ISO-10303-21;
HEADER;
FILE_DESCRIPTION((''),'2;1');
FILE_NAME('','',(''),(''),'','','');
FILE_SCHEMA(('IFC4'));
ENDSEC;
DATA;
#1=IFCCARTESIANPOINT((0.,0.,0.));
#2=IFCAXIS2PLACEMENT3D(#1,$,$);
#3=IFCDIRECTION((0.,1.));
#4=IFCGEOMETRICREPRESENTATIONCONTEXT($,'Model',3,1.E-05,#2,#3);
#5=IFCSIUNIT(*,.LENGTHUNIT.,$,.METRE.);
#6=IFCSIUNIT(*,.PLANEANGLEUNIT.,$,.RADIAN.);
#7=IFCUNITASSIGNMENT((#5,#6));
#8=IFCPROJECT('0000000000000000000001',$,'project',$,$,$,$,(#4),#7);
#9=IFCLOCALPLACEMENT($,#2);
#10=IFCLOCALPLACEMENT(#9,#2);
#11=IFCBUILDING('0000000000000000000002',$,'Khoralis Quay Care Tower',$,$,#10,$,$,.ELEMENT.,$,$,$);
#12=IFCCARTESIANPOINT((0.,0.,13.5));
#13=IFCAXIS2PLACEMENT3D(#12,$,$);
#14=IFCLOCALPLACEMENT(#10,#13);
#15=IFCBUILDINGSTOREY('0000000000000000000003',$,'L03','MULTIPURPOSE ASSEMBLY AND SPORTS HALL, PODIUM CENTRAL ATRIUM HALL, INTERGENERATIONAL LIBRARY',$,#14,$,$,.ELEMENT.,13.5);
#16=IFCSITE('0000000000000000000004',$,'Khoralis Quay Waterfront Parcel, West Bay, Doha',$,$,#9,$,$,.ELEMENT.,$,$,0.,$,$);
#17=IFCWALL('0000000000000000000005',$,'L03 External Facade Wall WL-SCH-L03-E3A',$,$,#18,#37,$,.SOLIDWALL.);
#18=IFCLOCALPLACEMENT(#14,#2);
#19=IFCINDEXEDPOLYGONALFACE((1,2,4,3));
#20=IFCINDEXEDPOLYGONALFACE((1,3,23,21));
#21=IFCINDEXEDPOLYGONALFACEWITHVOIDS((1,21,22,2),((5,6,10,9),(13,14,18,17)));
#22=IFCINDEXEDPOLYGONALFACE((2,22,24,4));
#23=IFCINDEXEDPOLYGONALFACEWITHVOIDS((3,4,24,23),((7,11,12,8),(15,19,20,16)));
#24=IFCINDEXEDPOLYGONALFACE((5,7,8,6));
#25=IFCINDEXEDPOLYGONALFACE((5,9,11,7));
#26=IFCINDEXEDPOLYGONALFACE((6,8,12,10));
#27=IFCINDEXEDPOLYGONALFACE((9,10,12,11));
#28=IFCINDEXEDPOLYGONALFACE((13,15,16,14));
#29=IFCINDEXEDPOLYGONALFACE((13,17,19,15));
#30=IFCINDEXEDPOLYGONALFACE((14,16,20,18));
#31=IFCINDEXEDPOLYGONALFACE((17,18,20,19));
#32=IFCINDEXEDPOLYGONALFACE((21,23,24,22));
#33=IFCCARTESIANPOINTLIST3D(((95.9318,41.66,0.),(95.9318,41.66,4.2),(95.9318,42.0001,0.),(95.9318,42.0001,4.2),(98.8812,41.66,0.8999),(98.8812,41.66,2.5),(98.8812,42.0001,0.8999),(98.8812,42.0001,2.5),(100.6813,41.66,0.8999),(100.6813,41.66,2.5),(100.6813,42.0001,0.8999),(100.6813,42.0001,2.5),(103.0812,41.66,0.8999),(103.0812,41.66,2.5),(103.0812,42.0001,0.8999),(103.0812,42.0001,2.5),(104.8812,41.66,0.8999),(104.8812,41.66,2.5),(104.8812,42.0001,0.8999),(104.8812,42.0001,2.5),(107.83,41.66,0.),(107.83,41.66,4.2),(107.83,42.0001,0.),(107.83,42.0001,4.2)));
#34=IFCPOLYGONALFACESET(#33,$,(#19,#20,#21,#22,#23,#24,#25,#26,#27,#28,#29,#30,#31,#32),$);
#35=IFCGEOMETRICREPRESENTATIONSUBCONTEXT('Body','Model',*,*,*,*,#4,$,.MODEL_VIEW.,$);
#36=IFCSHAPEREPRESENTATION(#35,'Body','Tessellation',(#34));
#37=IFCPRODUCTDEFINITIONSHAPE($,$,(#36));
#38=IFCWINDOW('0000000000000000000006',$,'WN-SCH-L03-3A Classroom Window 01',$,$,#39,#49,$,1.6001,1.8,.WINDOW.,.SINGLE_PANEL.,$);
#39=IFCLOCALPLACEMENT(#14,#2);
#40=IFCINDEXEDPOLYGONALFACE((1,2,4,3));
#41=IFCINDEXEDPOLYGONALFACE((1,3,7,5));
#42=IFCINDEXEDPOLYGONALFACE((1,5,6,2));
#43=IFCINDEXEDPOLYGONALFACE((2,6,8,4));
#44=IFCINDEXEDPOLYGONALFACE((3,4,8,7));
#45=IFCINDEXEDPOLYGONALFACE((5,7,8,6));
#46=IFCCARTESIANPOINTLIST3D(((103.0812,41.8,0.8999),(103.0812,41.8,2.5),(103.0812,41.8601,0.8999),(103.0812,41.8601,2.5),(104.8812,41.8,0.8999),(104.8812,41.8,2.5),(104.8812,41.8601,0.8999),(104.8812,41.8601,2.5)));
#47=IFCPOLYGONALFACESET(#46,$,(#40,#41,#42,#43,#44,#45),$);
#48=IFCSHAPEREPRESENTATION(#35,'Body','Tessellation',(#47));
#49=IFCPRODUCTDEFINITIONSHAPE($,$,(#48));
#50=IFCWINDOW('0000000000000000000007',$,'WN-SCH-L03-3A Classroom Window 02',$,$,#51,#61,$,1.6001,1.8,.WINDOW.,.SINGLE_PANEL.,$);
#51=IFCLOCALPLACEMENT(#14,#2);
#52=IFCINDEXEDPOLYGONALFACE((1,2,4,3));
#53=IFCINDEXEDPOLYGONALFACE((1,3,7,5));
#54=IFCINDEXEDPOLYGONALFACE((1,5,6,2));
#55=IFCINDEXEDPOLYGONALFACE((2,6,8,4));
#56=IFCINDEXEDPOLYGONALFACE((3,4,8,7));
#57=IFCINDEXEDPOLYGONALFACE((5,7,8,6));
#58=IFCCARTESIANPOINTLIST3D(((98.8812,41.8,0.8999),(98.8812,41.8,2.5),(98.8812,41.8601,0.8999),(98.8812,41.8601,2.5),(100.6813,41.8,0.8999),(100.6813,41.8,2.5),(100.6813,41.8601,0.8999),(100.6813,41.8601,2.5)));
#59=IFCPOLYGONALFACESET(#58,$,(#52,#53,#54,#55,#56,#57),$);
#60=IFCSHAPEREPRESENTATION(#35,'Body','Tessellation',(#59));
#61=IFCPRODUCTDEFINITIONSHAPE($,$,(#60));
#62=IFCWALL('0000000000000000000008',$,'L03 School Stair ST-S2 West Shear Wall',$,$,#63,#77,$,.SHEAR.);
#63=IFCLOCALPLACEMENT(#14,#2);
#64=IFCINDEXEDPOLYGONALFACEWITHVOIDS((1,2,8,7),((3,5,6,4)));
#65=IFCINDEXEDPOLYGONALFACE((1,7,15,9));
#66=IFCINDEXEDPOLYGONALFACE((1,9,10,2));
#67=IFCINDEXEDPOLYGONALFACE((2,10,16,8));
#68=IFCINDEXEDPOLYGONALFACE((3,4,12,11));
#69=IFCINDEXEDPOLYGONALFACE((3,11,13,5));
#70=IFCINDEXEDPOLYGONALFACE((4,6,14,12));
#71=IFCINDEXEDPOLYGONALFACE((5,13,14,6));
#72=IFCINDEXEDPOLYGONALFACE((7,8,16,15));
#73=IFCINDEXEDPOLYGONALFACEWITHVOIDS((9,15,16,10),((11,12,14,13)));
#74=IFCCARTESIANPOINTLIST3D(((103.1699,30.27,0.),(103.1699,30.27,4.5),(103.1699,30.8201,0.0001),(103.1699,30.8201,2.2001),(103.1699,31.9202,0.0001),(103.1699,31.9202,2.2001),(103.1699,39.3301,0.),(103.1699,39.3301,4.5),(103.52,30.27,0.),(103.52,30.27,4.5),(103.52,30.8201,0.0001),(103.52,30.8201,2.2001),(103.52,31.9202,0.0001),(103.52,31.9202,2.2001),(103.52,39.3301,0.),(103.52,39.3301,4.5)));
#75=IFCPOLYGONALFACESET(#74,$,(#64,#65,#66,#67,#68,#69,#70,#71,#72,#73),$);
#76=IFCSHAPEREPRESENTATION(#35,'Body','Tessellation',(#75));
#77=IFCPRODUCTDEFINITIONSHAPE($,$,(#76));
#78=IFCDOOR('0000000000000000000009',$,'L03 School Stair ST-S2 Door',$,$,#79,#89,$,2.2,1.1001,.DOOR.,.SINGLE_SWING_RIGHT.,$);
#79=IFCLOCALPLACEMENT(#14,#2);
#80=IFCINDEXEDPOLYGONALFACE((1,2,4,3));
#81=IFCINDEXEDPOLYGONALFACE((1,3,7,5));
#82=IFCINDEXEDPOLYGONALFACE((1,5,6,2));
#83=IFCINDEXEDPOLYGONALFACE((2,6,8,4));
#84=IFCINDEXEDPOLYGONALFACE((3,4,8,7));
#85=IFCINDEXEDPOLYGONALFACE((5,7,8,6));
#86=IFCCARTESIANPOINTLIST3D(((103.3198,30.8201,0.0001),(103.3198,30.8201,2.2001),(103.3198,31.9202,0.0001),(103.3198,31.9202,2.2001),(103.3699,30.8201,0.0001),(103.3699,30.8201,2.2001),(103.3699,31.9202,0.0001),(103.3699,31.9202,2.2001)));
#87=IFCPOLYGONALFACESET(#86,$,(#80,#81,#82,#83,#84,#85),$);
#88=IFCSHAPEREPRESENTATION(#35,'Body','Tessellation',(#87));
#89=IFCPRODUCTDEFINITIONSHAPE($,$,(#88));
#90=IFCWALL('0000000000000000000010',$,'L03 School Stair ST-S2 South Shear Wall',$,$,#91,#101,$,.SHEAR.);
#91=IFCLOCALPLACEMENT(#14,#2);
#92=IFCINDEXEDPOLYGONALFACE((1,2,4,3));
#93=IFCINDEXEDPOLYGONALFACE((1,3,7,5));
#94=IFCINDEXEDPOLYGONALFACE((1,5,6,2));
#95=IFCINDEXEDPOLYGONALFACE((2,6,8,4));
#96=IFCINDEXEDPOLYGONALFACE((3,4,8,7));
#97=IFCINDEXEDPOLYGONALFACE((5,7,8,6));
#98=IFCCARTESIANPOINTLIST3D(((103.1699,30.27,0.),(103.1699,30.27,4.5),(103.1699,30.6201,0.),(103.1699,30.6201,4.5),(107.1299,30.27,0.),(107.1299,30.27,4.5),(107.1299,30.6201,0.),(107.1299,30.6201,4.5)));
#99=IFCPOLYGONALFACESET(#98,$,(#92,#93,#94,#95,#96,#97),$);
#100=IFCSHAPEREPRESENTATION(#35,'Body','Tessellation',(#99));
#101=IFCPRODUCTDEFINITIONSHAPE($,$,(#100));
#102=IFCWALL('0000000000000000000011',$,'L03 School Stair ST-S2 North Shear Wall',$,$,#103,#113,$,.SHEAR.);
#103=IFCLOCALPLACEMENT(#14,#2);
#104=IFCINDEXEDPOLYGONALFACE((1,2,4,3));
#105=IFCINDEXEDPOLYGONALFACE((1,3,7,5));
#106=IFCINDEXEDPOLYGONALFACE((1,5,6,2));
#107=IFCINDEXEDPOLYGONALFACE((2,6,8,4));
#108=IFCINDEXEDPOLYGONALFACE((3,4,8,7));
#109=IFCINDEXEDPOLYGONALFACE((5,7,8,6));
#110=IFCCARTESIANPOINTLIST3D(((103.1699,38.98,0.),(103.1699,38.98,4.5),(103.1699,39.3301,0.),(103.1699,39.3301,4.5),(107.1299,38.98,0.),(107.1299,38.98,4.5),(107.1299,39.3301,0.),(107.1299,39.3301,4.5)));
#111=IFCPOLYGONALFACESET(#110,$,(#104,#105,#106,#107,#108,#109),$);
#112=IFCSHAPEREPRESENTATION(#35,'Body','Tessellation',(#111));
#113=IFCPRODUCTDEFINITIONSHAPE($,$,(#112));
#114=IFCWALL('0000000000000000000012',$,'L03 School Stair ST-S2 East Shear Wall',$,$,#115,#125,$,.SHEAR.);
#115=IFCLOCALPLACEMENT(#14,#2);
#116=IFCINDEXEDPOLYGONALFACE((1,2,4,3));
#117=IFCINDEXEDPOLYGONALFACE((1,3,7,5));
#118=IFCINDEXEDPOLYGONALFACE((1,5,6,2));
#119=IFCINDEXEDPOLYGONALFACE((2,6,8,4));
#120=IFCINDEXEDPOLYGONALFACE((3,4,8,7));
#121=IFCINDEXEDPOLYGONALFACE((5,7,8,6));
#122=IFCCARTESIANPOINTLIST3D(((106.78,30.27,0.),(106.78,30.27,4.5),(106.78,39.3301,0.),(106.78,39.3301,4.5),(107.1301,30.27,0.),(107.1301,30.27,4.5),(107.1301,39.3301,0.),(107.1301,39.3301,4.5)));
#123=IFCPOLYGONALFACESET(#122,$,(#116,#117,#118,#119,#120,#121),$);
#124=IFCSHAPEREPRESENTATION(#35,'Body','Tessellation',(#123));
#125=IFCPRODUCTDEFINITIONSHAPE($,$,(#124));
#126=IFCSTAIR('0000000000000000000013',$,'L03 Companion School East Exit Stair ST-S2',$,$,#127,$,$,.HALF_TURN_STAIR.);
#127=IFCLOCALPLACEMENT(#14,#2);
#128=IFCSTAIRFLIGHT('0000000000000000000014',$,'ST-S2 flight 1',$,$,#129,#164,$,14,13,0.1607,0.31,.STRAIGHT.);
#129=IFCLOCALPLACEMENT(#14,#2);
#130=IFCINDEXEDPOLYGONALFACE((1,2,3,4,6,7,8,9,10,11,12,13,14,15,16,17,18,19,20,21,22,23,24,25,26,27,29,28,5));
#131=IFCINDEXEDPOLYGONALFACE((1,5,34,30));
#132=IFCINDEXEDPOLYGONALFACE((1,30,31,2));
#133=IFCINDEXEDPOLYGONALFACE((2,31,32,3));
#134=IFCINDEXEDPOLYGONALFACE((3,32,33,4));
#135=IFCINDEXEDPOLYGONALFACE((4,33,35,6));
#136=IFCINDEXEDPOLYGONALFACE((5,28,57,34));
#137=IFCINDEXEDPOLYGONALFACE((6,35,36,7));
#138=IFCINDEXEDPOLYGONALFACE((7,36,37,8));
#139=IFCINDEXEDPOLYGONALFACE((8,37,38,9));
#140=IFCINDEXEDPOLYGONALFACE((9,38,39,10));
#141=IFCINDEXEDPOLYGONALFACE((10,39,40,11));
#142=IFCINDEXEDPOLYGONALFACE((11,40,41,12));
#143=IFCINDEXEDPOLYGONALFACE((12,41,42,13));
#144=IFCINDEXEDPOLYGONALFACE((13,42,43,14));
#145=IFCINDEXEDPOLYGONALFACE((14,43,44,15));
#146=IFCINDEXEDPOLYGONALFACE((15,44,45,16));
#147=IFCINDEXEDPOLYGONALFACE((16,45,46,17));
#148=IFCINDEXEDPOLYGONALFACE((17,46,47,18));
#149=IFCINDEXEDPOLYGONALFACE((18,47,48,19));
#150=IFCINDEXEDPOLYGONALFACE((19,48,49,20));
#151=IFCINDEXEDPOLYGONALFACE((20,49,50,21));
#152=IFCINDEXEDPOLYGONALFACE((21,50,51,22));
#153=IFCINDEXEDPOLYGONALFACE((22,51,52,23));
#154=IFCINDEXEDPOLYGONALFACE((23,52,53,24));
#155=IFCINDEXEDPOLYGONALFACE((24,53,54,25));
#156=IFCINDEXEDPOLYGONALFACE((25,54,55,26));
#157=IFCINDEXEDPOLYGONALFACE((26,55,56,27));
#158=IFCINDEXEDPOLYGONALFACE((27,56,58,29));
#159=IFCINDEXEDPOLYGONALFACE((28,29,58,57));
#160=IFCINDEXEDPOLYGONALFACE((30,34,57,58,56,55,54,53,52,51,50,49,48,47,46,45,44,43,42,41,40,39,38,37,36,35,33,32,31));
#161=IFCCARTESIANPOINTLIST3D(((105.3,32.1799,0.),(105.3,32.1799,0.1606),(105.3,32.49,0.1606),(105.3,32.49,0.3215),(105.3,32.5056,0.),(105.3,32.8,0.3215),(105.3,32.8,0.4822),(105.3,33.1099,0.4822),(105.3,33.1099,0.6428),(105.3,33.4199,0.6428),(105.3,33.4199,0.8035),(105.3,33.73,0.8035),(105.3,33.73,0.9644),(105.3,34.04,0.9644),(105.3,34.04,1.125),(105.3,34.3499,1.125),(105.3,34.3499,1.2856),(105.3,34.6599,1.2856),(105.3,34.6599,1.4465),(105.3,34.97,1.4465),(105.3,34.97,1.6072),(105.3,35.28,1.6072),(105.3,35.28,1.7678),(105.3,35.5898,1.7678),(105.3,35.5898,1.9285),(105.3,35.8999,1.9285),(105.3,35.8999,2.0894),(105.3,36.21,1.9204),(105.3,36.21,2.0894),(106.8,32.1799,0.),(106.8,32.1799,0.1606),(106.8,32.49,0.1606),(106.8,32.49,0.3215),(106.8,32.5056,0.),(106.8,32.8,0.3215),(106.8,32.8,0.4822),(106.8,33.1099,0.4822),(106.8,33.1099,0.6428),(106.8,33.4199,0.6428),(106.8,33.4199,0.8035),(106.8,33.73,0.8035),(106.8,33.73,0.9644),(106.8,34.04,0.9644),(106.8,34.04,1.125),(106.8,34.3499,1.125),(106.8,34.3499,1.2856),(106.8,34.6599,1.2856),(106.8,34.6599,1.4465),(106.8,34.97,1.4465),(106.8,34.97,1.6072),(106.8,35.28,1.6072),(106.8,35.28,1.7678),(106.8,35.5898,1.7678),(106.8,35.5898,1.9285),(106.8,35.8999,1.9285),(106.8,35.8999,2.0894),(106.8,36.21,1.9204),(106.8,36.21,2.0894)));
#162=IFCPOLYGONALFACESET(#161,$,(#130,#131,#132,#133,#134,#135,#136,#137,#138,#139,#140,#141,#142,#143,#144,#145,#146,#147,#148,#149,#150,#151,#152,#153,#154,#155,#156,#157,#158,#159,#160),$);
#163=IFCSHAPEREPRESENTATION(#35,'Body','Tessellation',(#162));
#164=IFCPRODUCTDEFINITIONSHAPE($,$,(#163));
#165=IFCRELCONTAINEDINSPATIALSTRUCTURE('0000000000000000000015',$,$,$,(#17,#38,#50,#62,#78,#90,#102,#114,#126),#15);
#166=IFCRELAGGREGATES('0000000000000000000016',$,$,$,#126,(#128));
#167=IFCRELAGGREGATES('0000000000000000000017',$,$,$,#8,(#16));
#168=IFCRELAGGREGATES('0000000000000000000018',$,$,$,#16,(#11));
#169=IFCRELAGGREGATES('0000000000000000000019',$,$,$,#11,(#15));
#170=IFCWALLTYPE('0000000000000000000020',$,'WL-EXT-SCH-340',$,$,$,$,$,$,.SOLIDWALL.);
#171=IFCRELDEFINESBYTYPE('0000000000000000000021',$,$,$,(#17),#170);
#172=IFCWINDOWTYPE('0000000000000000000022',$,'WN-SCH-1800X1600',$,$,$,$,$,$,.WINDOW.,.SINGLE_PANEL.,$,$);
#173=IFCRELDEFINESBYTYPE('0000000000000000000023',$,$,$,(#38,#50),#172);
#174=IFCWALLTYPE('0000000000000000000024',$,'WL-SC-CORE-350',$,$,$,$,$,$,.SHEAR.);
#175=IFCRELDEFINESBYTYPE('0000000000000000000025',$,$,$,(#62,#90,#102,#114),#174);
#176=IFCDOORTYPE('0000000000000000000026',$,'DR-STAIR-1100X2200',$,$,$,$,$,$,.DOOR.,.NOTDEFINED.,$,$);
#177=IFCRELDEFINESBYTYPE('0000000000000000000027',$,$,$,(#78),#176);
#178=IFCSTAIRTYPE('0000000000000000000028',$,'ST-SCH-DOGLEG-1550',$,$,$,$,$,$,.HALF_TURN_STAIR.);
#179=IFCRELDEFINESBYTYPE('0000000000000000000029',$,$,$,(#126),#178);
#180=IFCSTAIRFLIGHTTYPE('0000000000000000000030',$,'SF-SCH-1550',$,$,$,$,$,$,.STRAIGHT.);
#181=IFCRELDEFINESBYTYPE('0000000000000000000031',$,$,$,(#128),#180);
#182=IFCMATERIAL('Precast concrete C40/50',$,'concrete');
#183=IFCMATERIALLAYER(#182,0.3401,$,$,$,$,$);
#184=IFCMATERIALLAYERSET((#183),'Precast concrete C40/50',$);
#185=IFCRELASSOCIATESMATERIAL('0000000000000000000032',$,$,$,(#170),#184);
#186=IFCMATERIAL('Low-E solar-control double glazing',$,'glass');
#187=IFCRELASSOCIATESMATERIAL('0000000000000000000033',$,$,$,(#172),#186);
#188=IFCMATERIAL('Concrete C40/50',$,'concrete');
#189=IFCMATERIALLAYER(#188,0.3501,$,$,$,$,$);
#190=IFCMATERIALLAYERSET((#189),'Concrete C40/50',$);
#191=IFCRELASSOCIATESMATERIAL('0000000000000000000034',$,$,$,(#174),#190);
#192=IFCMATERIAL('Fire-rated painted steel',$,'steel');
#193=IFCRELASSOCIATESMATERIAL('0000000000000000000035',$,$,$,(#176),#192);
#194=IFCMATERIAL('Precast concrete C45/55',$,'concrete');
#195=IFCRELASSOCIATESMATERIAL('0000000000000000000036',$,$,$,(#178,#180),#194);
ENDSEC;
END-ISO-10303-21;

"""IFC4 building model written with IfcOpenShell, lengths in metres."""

from ifc_helpers import new_model, si_unit, direction, frame, frame_2d, origin, place, context, subcontext, project, spatial, polyline, rectangle, outline, extrude, source, transform, mapped, material, layer, layer_set, type_object, element, fill, aggregate, save


model = new_model("IFC4")

# Units and contexts
model_context = context("Model", 3, precision=1e-05, world=origin(), true_north=direction((0.0, 1.0)))
body_context = subcontext(model_context, "Body", "Model", "MODEL_VIEW")
ifc_project = project(units=[si_unit("LENGTHUNIT", "METRE"), si_unit("PLANEANGLEUNIT", "RADIAN")], contexts=[model_context])

# Site, building, storey
site_placement = place(None, origin())
site = spatial("IfcSite", under=ifc_project, at=site_placement, Name="Khoralis Quay Waterfront Parcel, West Bay, Doha", CompositionType="ELEMENT", RefElevation=0.0)
building_placement = place(site_placement, origin())
building = spatial("IfcBuilding", under=site, at=building_placement, Name="Khoralis Quay Care Tower", CompositionType="ELEMENT")
storey_placement = place(building_placement, frame((0.0, 0.0, 13.5)))
storey = spatial("IfcBuildingStorey", under=building, at=storey_placement, Name="L03", Description="MULTIPURPOSE ASSEMBLY AND SPORTS HALL, PODIUM CENTRAL ATRIUM HALL, INTERGENERATIONAL LIBRARY", CompositionType="ELEMENT", Elevation=13.5)

# Shared definitions
ifc_material_1 = material(Name="Concrete C40/50", Category="concrete")

# Wall, openings, windows
ifc_material_2 = material(Name="Precast concrete C40/50", Category="concrete")
ifc_layer_1 = layer(ifc_material_2, 0.3401)
ifc_layer_set_1 = layer_set([ifc_layer_1], Name="Precast concrete C40/50")
wall_type_1 = type_object("IfcWallType", Name="WL-EXT-SCH-340", PredefinedType="SOLIDWALL", material=ifc_layer_set_1)
wall_1_placement = place(storey_placement, frame((107.8301, 41.8301, 0.0), z_axis=(0.0, 0.0, 1.0), x_axis=(-1.0, 0.0, 0.0)))
wall_1 = element("IfcWall", 1, at=wall_1_placement, inside=storey, type_object=wall_type_1, Name="L03 External Facade Wall WL-SCH-L03-E3A", PredefinedType="SOLIDWALL", context=body_context, shape_type="SweptSolid", body=[
    extrude(rectangle(XDim=11.8982, YDim=0.3401, at=frame_2d((5.9492, 0.0))), origin(), (0.0, 0.0, 1.0), 4.2),
])
opening_1_placement = place(wall_1_placement, frame((2.949, 0.0, 0.8999)))
opening_1 = element("IfcOpeningElement", 2, at=opening_1_placement, cuts=wall_1, PredefinedType="OPENING", context=body_context, shape_type="SweptSolid", body=[
    extrude(rectangle(XDim=1.8, YDim=1.6001, at=frame_2d((0.8999, 0.8))), frame((0.0, 0.1802, 0.0), z_axis=(0.0, -1.0, 0.0), x_axis=(1.0, 0.0, 0.0)), (0.0, 0.0, 1.0), 0.3601),
])
opening_2_placement = place(wall_1_placement, frame((7.1489, 0.0, 0.8999)))
opening_2 = element("IfcOpeningElement", 3, at=opening_2_placement, cuts=wall_1, PredefinedType="OPENING", context=body_context, shape_type="SweptSolid", body=[
    extrude(rectangle(XDim=1.8, YDim=1.6001, at=frame_2d((0.8999, 0.8))), frame((0.0, 0.1802, 0.0), z_axis=(0.0, -1.0, 0.0), x_axis=(1.0, 0.0, 0.0)), (0.0, 0.0, 1.0), 0.3601),
])
ifc_material_3 = material(Name="Low-E solar-control double glazing", Category="glass")
window_type = type_object("IfcWindowType", Name="WN-SCH-1800X1600", PartitioningType="SINGLE_PANEL", PredefinedType="WINDOW", material=ifc_material_3)
shared_shape_1 = source(origin(), body_context, "Body", "SweptSolid", [
    extrude(rectangle(XDim=1.8, YDim=1.6001, at=frame_2d((0.8999, 0.8))), frame((0.0, 0.03, 0.0), z_axis=(0.0, -1.0, 0.0), x_axis=(1.0, 0.0, 0.0)), (0.0, 0.0, 1.0), 0.0601),
])
window_1_placement = place(opening_1_placement, origin())
window_1 = element("IfcWindow", 4, at=window_1_placement, inside=storey, type_object=window_type, Name="WN-SCH-L03-3A Classroom Window 01", OverallHeight=1.6001, OverallWidth=1.8, PartitioningType="SINGLE_PANEL", PredefinedType="WINDOW", context=body_context, shape_type="MappedRepresentation", body=[
    mapped(shared_shape_1, transform((0.0, 0.0, 0.0), scale=1.0)),
])
fill(opening_1, window_1)
window_2_placement = place(opening_2_placement, origin())
window_2 = element("IfcWindow", 5, at=window_2_placement, inside=storey, type_object=window_type, Name="WN-SCH-L03-3A Classroom Window 02", OverallHeight=1.6001, OverallWidth=1.8, PartitioningType="SINGLE_PANEL", PredefinedType="WINDOW", context=body_context, shape_type="MappedRepresentation", body=[
    mapped(shared_shape_1, transform((0.0, 0.0, 0.0), scale=1.0)),
])
fill(opening_2, window_2)

# Wall, opening, door
ifc_layer_2 = layer(ifc_material_1, 0.3501)
ifc_layer_set_2 = layer_set([ifc_layer_2], Name="Concrete C40/50")
wall_type_2 = type_object("IfcWallType", Name="WL-SC-CORE-350", PredefinedType="SHEAR", material=ifc_layer_set_2)
wall_2_placement = place(storey_placement, frame((103.345, 30.27, 0.0), z_axis=(0.0, 0.0, 1.0), x_axis=(0.0, 1.0, 0.0)))
wall_2 = element("IfcWall", 6, at=wall_2_placement, inside=storey, type_object=wall_type_2, Name="L03 School Stair ST-S2 West Shear Wall", PredefinedType="SHEAR", context=body_context, shape_type="SweptSolid", body=[
    extrude(rectangle(XDim=9.0601, YDim=0.3501, at=frame_2d((4.53, 0.0))), origin(), (0.0, 0.0, 1.0), 4.5),
])
opening_3_placement = place(wall_2_placement, frame((0.55, 0.0, 0.0)))
opening_3 = element("IfcOpeningElement", 7, at=opening_3_placement, cuts=wall_2, PredefinedType="OPENING", context=body_context, shape_type="SweptSolid", body=[
    extrude(rectangle(XDim=1.1001, YDim=2.2, at=frame_2d((0.55, 1.1001))), frame((0.0, 0.1851, 0.0), z_axis=(0.0, -1.0, 0.0), x_axis=(1.0, 0.0, 0.0)), (0.0, 0.0, 1.0), 0.3701),
])
ifc_material_4 = material(Name="Fire-rated painted steel", Category="steel")
door_type = type_object("IfcDoorType", Name="DR-STAIR-1100X2200", OperationType="NOTDEFINED", PredefinedType="DOOR", material=ifc_material_4)
shared_shape_2 = source(origin(), body_context, "Body", "SweptSolid", [
    extrude(rectangle(XDim=1.1001, YDim=2.2, at=frame_2d((0.55, 1.1001))), frame((0.0, 0.0249, 0.0), z_axis=(0.0, -1.0, 0.0), x_axis=(1.0, 0.0, 0.0)), (0.0, 0.0, 1.0), 0.05),
])
door_placement = place(opening_3_placement, frame((1.1001, 0.0, 0.0), z_axis=(0.0, 0.0, 1.0), x_axis=(-1.0, 0.0, 0.0)))
door = element("IfcDoor", 8, at=door_placement, inside=storey, type_object=door_type, Name="L03 School Stair ST-S2 Door", OperationType="SINGLE_SWING_RIGHT", OverallHeight=2.2, OverallWidth=1.1001, PredefinedType="DOOR", context=body_context, shape_type="MappedRepresentation", body=[
    mapped(shared_shape_2, transform((0.0, 0.0, 0.0), scale=1.0)),
])
fill(opening_3, door)

# Walls
for number, where, z_axis, x_axis, name in (
    (9, (103.1699, 30.4451, 0.0), (0.0, 0.0, 1.0), (1.0, 0.0, 0.0), "L03 School Stair ST-S2 South Shear Wall"),
    (10, (103.1699, 39.155, 0.0), (0.0, 0.0, 1.0), (1.0, 0.0, 0.0), "L03 School Stair ST-S2 North Shear Wall"),
):
    element("IfcWall", number, at=place(storey_placement, frame(where, z_axis=z_axis, x_axis=x_axis)), inside=storey, type_object=wall_type_2, Name=name, PredefinedType="SHEAR", context=body_context, shape_type="SweptSolid", body=[
        extrude(rectangle(XDim=3.96, YDim=0.3501, at=frame_2d((1.98, 0.0))), origin(), (0.0, 0.0, 1.0), 4.5),
    ])
wall_3_placement = place(storey_placement, frame((106.9551, 30.27, 0.0), z_axis=(0.0, 0.0, 1.0), x_axis=(0.0, 1.0, 0.0)))
element("IfcWall", 11, at=wall_3_placement, inside=storey, type_object=wall_type_2, Name="L03 School Stair ST-S2 East Shear Wall", PredefinedType="SHEAR", context=body_context, shape_type="SweptSolid", body=[
    extrude(rectangle(XDim=9.0601, YDim=0.3501, at=frame_2d((4.53, 0.0))), origin(), (0.0, 0.0, 1.0), 4.5),
])

# Stair, stair flight
ifc_material_5 = material(Name="Precast concrete C45/55", Category="concrete")
stair_type = type_object("IfcStairType", Name="ST-SCH-DOGLEG-1550", PredefinedType="HALF_TURN_STAIR", material=ifc_material_5)
stair_placement = place(storey_placement, origin())
stair = element("IfcStair", 12, at=stair_placement, inside=storey, type_object=stair_type, Name="L03 Companion School East Exit Stair ST-S2", PredefinedType="HALF_TURN_STAIR")
stair_flight_type = type_object("IfcStairFlightType", Name="SF-SCH-1550", PredefinedType="STRAIGHT", material=ifc_material_5)
shared_shape_3 = source(origin(), body_context, "Body", "SweptSolid", [
    extrude(outline(polyline([(0.0, 0.0), (0.0, 0.1606), (0.3101, 0.1606), (0.3101, 0.3215), (0.6201, 0.3215), (0.6201, 0.4822), (0.9299, 0.4822), (0.9299, 0.6428), (1.24, 0.6428), (1.24, 0.8035), (1.55, 0.8035), (1.55, 0.9644), (1.8601, 0.9644), (1.8601, 1.125), (2.1699, 1.125), (2.1699, 1.2856), (2.48, 1.2856), (2.48, 1.4465), (2.79, 1.4465), (2.79, 1.6072), (3.1001, 1.6072), (3.1001, 1.7678), (3.4099, 1.7678), (3.4099, 1.9285), (3.72, 1.9285), (3.72, 2.0894), (4.03, 2.0894), (4.03, 2.25), (4.03, 1.9204), (0.3257, 0.0), (0.0, 0.0)])), frame((0.0, 0.75, 0.0), z_axis=(0.0, -1.0, 0.0), x_axis=(1.0, 0.0, 0.0)), (0.0, 0.0, 1.0), 1.5),
])
stair_flight_1_placement = place(storey_placement, frame((106.05, 32.1799, 0.0), z_axis=(0.0, 0.0, 1.0), x_axis=(0.0, 1.0, 0.0)))
stair_flight_1 = element("IfcStairFlight", 13, at=stair_flight_1_placement, type_object=stair_flight_type, Name="ST-S2 flight 1", NumberOfRisers=14, NumberOfTreads=13, PredefinedType="STRAIGHT", RiserHeight=0.1607, TreadLength=0.31, context=body_context, shape_type="MappedRepresentation", body=[
    mapped(shared_shape_3, transform((0.0, 0.0, 0.0), scale=1.0)),
])
aggregate(stair, [stair_flight_1])

save(model, "model.ifc")
